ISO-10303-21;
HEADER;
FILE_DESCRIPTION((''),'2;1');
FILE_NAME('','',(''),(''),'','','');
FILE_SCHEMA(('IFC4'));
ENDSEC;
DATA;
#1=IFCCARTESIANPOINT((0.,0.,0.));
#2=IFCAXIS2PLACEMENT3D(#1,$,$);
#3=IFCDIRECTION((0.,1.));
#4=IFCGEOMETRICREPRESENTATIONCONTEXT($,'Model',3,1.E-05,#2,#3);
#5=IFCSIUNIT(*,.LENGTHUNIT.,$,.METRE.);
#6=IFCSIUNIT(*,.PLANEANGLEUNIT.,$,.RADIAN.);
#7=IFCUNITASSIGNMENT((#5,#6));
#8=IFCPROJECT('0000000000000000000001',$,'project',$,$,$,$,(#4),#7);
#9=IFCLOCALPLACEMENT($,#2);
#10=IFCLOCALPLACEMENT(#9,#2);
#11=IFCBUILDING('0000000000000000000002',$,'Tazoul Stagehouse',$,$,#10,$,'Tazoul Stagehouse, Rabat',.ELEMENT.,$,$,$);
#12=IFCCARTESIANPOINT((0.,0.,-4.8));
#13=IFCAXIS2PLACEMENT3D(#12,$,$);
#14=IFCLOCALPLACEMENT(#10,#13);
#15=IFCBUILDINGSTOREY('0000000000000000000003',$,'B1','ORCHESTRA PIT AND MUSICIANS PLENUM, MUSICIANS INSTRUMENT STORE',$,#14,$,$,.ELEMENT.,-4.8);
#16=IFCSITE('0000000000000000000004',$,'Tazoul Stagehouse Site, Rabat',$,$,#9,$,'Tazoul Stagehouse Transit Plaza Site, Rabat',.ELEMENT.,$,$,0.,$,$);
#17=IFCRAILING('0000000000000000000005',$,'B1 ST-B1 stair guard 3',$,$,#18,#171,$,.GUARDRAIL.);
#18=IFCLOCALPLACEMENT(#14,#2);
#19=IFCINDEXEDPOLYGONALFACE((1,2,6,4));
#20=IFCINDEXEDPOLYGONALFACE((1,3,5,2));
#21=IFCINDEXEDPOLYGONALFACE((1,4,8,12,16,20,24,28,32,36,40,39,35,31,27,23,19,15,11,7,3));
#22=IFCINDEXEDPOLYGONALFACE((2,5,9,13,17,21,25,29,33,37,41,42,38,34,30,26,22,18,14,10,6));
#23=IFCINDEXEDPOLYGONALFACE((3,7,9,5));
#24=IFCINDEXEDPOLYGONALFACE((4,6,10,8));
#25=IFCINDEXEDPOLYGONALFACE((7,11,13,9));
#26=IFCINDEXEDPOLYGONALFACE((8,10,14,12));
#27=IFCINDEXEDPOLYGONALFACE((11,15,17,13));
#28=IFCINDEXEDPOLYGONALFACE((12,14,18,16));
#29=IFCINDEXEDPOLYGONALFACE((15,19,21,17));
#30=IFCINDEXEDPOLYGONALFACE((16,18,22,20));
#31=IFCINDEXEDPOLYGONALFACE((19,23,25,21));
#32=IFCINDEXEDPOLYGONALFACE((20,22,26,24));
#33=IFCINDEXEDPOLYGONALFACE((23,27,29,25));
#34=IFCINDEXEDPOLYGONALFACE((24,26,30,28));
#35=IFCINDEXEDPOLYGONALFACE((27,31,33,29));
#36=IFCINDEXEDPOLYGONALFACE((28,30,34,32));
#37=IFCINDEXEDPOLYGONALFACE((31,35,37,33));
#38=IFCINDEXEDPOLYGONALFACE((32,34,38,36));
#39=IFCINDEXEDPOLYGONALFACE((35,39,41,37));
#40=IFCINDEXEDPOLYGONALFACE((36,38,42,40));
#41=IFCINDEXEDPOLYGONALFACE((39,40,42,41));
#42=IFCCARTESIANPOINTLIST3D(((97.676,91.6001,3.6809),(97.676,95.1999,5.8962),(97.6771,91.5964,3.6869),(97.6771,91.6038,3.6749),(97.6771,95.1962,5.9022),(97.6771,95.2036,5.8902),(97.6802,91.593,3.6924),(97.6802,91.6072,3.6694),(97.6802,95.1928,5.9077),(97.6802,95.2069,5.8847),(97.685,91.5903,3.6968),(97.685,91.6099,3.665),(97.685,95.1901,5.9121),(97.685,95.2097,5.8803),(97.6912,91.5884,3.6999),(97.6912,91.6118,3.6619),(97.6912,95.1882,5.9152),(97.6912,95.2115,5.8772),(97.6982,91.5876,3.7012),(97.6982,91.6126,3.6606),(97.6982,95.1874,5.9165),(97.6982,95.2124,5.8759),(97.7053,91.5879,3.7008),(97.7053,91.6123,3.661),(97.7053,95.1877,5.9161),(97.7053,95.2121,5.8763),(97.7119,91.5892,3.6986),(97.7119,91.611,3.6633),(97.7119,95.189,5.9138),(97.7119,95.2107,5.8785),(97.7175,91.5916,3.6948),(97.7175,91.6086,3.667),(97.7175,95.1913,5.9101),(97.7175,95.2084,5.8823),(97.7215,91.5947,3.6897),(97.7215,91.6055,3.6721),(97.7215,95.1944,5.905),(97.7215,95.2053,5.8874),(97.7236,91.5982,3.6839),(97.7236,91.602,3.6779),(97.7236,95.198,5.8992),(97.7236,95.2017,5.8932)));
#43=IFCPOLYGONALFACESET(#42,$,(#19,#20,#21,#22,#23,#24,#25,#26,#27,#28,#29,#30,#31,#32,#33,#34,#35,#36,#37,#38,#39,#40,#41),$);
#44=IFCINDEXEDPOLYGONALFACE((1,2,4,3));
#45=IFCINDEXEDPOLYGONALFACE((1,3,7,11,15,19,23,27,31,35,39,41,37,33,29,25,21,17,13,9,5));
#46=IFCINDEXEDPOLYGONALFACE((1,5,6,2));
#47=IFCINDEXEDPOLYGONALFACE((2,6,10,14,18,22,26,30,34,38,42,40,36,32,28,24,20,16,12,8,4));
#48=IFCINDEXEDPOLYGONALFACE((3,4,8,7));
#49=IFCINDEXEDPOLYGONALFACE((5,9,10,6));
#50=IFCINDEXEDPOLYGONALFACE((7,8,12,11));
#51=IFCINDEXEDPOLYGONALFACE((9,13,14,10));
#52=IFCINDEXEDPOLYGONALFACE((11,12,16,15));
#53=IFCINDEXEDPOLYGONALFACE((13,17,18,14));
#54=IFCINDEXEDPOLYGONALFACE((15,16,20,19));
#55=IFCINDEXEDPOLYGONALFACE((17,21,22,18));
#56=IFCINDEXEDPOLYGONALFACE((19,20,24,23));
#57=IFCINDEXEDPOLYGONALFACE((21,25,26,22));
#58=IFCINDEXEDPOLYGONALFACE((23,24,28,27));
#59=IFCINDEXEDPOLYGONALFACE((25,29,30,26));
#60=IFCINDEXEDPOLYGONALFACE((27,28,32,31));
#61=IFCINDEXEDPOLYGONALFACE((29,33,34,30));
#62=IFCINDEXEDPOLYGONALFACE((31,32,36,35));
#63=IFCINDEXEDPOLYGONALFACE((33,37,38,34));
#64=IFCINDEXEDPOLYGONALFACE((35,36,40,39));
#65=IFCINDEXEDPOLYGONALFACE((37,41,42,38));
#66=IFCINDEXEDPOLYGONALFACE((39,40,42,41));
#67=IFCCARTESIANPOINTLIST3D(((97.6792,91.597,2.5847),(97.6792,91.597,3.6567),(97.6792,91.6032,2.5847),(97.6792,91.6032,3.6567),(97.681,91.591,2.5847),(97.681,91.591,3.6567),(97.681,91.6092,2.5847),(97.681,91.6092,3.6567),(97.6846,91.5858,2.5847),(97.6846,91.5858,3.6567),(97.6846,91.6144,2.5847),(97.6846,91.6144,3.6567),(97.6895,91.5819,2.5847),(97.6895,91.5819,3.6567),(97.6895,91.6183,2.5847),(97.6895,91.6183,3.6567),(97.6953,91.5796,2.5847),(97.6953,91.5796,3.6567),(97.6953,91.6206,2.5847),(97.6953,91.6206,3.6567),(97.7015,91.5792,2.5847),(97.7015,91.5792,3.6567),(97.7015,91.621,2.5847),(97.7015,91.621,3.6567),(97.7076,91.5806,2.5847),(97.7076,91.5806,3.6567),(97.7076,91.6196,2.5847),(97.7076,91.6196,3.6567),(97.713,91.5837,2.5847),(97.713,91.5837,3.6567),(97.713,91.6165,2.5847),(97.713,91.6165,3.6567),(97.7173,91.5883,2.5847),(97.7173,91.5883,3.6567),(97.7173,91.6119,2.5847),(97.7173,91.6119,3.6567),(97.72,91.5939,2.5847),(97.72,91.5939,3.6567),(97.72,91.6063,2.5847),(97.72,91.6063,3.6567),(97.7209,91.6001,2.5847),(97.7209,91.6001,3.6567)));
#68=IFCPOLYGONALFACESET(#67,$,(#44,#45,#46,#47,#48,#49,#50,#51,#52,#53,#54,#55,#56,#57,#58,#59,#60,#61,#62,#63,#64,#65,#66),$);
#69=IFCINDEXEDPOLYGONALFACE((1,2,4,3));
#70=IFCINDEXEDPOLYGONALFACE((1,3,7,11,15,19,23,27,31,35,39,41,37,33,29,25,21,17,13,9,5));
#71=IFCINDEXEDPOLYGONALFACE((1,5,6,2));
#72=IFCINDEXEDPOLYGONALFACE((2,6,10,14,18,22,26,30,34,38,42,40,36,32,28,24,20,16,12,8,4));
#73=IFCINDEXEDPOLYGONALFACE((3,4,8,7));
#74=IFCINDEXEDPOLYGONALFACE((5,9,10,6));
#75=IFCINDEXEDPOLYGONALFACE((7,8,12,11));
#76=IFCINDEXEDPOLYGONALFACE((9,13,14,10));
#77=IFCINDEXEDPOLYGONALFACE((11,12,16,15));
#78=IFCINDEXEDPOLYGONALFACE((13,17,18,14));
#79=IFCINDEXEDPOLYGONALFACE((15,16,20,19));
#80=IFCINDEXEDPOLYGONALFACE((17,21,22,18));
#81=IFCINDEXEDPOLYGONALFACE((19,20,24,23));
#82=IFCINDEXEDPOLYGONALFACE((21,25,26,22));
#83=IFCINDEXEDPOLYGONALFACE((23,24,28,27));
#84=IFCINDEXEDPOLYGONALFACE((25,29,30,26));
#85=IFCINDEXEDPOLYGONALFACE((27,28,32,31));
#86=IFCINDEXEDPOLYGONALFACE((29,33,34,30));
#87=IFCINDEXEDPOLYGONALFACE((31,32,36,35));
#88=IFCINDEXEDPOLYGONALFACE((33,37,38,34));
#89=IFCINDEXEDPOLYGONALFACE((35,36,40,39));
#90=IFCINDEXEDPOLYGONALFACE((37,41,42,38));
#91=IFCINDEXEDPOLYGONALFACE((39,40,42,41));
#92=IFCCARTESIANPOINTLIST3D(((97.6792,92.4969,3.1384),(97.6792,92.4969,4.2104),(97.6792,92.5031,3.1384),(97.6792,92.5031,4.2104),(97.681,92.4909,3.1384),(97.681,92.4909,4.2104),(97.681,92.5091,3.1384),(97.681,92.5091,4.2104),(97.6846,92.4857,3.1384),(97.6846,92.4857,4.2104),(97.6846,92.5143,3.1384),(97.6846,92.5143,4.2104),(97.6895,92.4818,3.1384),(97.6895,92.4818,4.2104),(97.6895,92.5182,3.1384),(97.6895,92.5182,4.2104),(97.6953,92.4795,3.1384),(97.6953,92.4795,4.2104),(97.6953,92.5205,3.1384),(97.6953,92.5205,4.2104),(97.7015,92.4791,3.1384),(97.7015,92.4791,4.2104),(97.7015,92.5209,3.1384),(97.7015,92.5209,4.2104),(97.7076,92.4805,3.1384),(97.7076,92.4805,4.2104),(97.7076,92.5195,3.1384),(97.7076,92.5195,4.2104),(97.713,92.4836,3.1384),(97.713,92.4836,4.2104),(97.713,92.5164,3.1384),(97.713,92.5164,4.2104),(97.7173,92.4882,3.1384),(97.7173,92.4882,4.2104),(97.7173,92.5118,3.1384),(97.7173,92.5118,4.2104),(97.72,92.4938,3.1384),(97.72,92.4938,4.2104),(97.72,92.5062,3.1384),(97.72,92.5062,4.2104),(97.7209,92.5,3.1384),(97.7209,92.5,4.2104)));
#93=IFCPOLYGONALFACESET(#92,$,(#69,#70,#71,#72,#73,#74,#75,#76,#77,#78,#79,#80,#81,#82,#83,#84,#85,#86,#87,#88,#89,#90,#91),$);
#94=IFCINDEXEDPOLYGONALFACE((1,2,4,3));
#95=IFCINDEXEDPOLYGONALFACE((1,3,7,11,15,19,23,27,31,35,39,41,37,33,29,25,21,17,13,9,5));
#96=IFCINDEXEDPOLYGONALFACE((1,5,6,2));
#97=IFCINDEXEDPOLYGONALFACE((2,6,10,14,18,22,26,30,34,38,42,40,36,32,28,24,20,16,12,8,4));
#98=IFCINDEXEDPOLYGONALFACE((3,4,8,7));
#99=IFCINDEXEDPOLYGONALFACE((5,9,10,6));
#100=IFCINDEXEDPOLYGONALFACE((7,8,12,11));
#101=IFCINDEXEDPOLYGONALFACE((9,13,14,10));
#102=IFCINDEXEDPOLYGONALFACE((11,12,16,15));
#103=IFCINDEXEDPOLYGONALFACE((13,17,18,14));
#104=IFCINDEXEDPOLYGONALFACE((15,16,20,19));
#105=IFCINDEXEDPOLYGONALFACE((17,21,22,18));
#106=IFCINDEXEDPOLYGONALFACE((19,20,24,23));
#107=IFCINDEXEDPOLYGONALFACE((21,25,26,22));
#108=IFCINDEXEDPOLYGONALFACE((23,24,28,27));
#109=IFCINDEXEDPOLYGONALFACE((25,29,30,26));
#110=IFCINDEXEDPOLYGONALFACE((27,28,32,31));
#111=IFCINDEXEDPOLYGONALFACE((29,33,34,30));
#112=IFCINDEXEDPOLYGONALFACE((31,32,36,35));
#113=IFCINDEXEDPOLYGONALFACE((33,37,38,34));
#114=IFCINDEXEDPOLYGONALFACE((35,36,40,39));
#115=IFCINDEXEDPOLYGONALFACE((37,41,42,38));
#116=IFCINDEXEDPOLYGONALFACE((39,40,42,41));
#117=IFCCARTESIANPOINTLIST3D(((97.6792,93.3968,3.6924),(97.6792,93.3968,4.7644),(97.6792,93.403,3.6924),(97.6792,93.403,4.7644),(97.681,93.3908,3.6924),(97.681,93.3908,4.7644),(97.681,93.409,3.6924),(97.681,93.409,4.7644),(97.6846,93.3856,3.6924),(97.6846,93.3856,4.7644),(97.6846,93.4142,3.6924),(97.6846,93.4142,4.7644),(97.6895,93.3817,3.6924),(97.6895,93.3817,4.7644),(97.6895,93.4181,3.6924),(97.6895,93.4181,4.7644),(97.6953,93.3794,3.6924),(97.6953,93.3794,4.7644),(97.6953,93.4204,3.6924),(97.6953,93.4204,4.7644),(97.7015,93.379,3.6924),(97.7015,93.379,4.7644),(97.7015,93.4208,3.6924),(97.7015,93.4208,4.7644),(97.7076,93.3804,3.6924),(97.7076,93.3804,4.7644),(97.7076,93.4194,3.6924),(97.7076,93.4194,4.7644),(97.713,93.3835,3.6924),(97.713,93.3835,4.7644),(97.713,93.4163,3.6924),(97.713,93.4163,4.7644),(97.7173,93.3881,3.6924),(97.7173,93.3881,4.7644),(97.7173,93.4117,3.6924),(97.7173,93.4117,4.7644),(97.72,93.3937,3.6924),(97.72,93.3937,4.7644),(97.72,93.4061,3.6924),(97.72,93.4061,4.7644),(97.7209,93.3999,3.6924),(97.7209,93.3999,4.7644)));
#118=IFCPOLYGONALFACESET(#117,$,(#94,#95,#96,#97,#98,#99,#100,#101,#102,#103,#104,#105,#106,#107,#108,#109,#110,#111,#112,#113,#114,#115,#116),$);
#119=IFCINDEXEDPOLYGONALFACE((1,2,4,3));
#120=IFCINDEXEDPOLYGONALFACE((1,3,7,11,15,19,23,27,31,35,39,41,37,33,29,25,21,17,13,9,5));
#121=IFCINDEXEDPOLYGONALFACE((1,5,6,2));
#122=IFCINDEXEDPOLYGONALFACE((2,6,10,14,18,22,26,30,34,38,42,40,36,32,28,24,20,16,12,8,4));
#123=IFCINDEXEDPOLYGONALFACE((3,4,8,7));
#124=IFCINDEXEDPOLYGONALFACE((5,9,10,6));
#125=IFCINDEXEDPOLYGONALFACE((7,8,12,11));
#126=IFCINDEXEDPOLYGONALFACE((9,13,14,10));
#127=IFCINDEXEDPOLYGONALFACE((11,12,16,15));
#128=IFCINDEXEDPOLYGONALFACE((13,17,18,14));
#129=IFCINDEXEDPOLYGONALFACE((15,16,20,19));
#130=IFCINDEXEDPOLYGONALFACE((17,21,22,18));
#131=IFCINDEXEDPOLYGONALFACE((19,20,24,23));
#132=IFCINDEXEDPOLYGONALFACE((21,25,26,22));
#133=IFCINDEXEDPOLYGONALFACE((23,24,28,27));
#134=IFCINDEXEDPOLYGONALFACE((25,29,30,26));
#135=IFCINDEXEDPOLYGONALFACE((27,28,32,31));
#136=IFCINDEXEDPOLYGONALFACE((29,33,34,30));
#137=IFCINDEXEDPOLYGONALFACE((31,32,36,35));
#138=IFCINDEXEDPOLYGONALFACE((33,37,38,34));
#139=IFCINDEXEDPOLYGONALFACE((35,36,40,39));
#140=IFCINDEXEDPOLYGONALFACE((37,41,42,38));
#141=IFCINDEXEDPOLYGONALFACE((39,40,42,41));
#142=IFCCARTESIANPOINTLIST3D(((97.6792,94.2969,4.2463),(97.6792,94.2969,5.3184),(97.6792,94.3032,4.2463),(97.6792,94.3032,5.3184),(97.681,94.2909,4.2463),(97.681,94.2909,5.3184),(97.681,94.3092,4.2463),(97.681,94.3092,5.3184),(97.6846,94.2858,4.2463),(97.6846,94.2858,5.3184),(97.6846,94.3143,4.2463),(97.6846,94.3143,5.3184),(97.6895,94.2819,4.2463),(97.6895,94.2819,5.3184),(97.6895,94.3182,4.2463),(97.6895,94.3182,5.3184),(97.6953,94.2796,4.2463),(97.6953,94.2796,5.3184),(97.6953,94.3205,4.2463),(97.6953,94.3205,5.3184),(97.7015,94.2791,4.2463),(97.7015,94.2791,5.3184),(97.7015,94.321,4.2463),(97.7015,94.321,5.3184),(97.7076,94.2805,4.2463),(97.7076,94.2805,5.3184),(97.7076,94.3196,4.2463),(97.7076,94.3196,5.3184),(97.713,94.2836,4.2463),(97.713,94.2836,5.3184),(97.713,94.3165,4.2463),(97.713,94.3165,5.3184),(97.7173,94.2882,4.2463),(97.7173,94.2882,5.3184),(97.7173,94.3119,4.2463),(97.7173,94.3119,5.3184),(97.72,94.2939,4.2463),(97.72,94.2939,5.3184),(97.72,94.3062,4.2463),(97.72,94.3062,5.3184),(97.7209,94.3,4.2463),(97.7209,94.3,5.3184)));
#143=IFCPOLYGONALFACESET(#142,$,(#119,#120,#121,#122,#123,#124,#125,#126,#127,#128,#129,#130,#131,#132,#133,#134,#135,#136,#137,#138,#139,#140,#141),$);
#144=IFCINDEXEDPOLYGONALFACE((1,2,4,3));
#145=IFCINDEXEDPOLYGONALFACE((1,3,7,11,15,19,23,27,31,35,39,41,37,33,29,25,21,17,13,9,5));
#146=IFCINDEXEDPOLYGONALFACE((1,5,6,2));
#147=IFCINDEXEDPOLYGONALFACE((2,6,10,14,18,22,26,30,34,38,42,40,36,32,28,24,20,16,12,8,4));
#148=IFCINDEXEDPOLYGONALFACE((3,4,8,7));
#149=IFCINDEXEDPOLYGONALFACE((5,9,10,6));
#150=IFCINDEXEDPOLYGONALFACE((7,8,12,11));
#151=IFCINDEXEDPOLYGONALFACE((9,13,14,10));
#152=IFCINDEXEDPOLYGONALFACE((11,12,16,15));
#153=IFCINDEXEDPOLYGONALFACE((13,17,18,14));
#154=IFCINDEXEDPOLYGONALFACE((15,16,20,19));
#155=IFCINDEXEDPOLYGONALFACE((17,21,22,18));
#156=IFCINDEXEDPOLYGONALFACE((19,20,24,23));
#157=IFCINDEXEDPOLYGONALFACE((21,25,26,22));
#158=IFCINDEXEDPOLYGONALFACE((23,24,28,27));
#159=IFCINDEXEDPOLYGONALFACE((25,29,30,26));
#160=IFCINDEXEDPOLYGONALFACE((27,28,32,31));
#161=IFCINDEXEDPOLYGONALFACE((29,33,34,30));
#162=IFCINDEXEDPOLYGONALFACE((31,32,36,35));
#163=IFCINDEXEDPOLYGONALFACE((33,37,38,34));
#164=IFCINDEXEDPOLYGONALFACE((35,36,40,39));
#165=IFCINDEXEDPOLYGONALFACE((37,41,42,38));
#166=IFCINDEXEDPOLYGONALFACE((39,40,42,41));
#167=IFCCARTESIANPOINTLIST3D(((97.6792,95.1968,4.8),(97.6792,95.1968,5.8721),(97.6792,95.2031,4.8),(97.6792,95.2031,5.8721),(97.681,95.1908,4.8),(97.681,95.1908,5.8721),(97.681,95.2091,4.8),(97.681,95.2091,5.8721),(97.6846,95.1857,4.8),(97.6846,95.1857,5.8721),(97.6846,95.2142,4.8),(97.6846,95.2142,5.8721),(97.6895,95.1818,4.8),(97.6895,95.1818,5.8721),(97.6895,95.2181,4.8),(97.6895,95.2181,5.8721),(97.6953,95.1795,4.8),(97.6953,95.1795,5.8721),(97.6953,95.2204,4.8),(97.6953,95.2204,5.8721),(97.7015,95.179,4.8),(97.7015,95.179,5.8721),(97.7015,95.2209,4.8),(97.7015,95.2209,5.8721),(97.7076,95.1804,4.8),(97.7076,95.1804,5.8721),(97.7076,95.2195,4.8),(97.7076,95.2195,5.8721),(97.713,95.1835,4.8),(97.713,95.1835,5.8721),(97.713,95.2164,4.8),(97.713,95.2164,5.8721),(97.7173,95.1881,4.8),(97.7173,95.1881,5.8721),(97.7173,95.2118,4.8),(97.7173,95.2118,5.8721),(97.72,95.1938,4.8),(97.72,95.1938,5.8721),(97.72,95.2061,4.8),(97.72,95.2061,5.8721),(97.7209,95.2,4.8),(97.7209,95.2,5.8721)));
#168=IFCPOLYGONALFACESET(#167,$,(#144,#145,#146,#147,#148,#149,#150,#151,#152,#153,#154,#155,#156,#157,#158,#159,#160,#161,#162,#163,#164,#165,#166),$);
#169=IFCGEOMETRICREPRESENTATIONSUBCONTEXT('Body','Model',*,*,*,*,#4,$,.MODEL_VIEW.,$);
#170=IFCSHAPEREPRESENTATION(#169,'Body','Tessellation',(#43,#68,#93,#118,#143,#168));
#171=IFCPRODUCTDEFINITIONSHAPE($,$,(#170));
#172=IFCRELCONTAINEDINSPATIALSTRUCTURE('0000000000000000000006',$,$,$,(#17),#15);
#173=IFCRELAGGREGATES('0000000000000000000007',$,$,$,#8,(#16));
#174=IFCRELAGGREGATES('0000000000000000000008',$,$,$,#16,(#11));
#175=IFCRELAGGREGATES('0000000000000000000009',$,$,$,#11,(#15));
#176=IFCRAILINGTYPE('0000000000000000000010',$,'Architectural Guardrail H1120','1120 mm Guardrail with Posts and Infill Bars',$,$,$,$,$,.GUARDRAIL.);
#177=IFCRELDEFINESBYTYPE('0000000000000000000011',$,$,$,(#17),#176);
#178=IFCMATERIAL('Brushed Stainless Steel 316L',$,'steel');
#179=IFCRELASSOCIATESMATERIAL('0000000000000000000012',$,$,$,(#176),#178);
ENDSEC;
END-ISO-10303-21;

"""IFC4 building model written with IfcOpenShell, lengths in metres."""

from ifc_helpers import new_model, si_unit, direction, frame, origin, origin_2d, place, context, subcontext, project, spatial, circle, extrude, material, material_profile, profile_set, type_object, element, save


model = new_model("IFC4")

# Units and contexts
model_context = context("Model", 3, precision=1e-05, world=origin(), true_north=direction((0.0, 1.0)))
body_context = subcontext(model_context, "Body", "Model", "MODEL_VIEW")
ifc_project = project(units=[si_unit("LENGTHUNIT", "METRE"), si_unit("PLANEANGLEUNIT", "RADIAN")], contexts=[model_context])

# Site, building, storey
site_placement = place(None, origin())
site = spatial("IfcSite", under=ifc_project, at=site_placement, Name="Tazoul Stagehouse Site, Rabat", LongName="Tazoul Stagehouse Transit Plaza Site, Rabat", CompositionType="ELEMENT", RefElevation=0.0)
building_placement = place(site_placement, origin())
building = spatial("IfcBuilding", under=site, at=building_placement, Name="Tazoul Stagehouse", LongName="Tazoul Stagehouse, Rabat", CompositionType="ELEMENT")
storey_placement = place(building_placement, frame((0.0, 0.0, -4.8)))
storey = spatial("IfcBuildingStorey", under=building, at=storey_placement, Name="B1", Description="ORCHESTRA PIT AND MUSICIANS PLENUM, MUSICIANS INSTRUMENT STORE", CompositionType="ELEMENT", Elevation=-4.8)

# Railing
ifc_material_1 = material(Name="Brushed Stainless Steel 316L", Category="steel")
ifc_material_profile_1 = material_profile(ifc_material_1, circle(Radius=0.0239, at=origin_2d()), Name="SS RAIL D48")
ifc_profile_set_1 = profile_set([ifc_material_profile_1], Name="Brushed Stainless Steel 316L")
railing_type_1 = type_object("IfcRailingType", Name="Architectural Guardrail H1120", Description="1120 mm Guardrail with Posts and Infill Bars", PredefinedType="GUARDRAIL", material=ifc_profile_set_1)
railing_1_placement = place(storey_placement, frame((97.7, 91.6001, 2.5847)))
element("IfcRailing", 1, at=railing_1_placement, inside=storey, type_object=railing_type_1, Name="B1 ST-B1 stair guard 3", PredefinedType="GUARDRAIL", context=body_context, shape_type="SweptSolid", body=[
    extrude(circle(Radius=0.0239, at=origin_2d()), frame((0.0, 0.0, 1.0962), z_axis=(0.0, 0.851654, 0.524104), x_axis=(-1.0, 0.0, 0.0)), (0.0, 0.0, 1.0), 4.2268),
    extrude(circle(Radius=0.021, at=origin_2d()), origin(), (0.0, 0.0, 1.0), 1.072),
    extrude(circle(Radius=0.021, at=origin_2d()), frame((0.0, 0.8999, 0.5537)), (0.0, 0.0, 1.0), 1.072),
    extrude(circle(Radius=0.021, at=origin_2d()), frame((0.0, 1.7998, 1.1077)), (0.0, 0.0, 1.0), 1.072),
    extrude(circle(Radius=0.021, at=origin_2d()), frame((0.0, 2.7, 1.6616)), (0.0, 0.0, 1.0), 1.072),
    extrude(circle(Radius=0.021, at=origin_2d()), frame((0.0, 3.5999, 2.2153)), (0.0, 0.0, 1.0), 1.072),
])

save(model, "model.ifc")
